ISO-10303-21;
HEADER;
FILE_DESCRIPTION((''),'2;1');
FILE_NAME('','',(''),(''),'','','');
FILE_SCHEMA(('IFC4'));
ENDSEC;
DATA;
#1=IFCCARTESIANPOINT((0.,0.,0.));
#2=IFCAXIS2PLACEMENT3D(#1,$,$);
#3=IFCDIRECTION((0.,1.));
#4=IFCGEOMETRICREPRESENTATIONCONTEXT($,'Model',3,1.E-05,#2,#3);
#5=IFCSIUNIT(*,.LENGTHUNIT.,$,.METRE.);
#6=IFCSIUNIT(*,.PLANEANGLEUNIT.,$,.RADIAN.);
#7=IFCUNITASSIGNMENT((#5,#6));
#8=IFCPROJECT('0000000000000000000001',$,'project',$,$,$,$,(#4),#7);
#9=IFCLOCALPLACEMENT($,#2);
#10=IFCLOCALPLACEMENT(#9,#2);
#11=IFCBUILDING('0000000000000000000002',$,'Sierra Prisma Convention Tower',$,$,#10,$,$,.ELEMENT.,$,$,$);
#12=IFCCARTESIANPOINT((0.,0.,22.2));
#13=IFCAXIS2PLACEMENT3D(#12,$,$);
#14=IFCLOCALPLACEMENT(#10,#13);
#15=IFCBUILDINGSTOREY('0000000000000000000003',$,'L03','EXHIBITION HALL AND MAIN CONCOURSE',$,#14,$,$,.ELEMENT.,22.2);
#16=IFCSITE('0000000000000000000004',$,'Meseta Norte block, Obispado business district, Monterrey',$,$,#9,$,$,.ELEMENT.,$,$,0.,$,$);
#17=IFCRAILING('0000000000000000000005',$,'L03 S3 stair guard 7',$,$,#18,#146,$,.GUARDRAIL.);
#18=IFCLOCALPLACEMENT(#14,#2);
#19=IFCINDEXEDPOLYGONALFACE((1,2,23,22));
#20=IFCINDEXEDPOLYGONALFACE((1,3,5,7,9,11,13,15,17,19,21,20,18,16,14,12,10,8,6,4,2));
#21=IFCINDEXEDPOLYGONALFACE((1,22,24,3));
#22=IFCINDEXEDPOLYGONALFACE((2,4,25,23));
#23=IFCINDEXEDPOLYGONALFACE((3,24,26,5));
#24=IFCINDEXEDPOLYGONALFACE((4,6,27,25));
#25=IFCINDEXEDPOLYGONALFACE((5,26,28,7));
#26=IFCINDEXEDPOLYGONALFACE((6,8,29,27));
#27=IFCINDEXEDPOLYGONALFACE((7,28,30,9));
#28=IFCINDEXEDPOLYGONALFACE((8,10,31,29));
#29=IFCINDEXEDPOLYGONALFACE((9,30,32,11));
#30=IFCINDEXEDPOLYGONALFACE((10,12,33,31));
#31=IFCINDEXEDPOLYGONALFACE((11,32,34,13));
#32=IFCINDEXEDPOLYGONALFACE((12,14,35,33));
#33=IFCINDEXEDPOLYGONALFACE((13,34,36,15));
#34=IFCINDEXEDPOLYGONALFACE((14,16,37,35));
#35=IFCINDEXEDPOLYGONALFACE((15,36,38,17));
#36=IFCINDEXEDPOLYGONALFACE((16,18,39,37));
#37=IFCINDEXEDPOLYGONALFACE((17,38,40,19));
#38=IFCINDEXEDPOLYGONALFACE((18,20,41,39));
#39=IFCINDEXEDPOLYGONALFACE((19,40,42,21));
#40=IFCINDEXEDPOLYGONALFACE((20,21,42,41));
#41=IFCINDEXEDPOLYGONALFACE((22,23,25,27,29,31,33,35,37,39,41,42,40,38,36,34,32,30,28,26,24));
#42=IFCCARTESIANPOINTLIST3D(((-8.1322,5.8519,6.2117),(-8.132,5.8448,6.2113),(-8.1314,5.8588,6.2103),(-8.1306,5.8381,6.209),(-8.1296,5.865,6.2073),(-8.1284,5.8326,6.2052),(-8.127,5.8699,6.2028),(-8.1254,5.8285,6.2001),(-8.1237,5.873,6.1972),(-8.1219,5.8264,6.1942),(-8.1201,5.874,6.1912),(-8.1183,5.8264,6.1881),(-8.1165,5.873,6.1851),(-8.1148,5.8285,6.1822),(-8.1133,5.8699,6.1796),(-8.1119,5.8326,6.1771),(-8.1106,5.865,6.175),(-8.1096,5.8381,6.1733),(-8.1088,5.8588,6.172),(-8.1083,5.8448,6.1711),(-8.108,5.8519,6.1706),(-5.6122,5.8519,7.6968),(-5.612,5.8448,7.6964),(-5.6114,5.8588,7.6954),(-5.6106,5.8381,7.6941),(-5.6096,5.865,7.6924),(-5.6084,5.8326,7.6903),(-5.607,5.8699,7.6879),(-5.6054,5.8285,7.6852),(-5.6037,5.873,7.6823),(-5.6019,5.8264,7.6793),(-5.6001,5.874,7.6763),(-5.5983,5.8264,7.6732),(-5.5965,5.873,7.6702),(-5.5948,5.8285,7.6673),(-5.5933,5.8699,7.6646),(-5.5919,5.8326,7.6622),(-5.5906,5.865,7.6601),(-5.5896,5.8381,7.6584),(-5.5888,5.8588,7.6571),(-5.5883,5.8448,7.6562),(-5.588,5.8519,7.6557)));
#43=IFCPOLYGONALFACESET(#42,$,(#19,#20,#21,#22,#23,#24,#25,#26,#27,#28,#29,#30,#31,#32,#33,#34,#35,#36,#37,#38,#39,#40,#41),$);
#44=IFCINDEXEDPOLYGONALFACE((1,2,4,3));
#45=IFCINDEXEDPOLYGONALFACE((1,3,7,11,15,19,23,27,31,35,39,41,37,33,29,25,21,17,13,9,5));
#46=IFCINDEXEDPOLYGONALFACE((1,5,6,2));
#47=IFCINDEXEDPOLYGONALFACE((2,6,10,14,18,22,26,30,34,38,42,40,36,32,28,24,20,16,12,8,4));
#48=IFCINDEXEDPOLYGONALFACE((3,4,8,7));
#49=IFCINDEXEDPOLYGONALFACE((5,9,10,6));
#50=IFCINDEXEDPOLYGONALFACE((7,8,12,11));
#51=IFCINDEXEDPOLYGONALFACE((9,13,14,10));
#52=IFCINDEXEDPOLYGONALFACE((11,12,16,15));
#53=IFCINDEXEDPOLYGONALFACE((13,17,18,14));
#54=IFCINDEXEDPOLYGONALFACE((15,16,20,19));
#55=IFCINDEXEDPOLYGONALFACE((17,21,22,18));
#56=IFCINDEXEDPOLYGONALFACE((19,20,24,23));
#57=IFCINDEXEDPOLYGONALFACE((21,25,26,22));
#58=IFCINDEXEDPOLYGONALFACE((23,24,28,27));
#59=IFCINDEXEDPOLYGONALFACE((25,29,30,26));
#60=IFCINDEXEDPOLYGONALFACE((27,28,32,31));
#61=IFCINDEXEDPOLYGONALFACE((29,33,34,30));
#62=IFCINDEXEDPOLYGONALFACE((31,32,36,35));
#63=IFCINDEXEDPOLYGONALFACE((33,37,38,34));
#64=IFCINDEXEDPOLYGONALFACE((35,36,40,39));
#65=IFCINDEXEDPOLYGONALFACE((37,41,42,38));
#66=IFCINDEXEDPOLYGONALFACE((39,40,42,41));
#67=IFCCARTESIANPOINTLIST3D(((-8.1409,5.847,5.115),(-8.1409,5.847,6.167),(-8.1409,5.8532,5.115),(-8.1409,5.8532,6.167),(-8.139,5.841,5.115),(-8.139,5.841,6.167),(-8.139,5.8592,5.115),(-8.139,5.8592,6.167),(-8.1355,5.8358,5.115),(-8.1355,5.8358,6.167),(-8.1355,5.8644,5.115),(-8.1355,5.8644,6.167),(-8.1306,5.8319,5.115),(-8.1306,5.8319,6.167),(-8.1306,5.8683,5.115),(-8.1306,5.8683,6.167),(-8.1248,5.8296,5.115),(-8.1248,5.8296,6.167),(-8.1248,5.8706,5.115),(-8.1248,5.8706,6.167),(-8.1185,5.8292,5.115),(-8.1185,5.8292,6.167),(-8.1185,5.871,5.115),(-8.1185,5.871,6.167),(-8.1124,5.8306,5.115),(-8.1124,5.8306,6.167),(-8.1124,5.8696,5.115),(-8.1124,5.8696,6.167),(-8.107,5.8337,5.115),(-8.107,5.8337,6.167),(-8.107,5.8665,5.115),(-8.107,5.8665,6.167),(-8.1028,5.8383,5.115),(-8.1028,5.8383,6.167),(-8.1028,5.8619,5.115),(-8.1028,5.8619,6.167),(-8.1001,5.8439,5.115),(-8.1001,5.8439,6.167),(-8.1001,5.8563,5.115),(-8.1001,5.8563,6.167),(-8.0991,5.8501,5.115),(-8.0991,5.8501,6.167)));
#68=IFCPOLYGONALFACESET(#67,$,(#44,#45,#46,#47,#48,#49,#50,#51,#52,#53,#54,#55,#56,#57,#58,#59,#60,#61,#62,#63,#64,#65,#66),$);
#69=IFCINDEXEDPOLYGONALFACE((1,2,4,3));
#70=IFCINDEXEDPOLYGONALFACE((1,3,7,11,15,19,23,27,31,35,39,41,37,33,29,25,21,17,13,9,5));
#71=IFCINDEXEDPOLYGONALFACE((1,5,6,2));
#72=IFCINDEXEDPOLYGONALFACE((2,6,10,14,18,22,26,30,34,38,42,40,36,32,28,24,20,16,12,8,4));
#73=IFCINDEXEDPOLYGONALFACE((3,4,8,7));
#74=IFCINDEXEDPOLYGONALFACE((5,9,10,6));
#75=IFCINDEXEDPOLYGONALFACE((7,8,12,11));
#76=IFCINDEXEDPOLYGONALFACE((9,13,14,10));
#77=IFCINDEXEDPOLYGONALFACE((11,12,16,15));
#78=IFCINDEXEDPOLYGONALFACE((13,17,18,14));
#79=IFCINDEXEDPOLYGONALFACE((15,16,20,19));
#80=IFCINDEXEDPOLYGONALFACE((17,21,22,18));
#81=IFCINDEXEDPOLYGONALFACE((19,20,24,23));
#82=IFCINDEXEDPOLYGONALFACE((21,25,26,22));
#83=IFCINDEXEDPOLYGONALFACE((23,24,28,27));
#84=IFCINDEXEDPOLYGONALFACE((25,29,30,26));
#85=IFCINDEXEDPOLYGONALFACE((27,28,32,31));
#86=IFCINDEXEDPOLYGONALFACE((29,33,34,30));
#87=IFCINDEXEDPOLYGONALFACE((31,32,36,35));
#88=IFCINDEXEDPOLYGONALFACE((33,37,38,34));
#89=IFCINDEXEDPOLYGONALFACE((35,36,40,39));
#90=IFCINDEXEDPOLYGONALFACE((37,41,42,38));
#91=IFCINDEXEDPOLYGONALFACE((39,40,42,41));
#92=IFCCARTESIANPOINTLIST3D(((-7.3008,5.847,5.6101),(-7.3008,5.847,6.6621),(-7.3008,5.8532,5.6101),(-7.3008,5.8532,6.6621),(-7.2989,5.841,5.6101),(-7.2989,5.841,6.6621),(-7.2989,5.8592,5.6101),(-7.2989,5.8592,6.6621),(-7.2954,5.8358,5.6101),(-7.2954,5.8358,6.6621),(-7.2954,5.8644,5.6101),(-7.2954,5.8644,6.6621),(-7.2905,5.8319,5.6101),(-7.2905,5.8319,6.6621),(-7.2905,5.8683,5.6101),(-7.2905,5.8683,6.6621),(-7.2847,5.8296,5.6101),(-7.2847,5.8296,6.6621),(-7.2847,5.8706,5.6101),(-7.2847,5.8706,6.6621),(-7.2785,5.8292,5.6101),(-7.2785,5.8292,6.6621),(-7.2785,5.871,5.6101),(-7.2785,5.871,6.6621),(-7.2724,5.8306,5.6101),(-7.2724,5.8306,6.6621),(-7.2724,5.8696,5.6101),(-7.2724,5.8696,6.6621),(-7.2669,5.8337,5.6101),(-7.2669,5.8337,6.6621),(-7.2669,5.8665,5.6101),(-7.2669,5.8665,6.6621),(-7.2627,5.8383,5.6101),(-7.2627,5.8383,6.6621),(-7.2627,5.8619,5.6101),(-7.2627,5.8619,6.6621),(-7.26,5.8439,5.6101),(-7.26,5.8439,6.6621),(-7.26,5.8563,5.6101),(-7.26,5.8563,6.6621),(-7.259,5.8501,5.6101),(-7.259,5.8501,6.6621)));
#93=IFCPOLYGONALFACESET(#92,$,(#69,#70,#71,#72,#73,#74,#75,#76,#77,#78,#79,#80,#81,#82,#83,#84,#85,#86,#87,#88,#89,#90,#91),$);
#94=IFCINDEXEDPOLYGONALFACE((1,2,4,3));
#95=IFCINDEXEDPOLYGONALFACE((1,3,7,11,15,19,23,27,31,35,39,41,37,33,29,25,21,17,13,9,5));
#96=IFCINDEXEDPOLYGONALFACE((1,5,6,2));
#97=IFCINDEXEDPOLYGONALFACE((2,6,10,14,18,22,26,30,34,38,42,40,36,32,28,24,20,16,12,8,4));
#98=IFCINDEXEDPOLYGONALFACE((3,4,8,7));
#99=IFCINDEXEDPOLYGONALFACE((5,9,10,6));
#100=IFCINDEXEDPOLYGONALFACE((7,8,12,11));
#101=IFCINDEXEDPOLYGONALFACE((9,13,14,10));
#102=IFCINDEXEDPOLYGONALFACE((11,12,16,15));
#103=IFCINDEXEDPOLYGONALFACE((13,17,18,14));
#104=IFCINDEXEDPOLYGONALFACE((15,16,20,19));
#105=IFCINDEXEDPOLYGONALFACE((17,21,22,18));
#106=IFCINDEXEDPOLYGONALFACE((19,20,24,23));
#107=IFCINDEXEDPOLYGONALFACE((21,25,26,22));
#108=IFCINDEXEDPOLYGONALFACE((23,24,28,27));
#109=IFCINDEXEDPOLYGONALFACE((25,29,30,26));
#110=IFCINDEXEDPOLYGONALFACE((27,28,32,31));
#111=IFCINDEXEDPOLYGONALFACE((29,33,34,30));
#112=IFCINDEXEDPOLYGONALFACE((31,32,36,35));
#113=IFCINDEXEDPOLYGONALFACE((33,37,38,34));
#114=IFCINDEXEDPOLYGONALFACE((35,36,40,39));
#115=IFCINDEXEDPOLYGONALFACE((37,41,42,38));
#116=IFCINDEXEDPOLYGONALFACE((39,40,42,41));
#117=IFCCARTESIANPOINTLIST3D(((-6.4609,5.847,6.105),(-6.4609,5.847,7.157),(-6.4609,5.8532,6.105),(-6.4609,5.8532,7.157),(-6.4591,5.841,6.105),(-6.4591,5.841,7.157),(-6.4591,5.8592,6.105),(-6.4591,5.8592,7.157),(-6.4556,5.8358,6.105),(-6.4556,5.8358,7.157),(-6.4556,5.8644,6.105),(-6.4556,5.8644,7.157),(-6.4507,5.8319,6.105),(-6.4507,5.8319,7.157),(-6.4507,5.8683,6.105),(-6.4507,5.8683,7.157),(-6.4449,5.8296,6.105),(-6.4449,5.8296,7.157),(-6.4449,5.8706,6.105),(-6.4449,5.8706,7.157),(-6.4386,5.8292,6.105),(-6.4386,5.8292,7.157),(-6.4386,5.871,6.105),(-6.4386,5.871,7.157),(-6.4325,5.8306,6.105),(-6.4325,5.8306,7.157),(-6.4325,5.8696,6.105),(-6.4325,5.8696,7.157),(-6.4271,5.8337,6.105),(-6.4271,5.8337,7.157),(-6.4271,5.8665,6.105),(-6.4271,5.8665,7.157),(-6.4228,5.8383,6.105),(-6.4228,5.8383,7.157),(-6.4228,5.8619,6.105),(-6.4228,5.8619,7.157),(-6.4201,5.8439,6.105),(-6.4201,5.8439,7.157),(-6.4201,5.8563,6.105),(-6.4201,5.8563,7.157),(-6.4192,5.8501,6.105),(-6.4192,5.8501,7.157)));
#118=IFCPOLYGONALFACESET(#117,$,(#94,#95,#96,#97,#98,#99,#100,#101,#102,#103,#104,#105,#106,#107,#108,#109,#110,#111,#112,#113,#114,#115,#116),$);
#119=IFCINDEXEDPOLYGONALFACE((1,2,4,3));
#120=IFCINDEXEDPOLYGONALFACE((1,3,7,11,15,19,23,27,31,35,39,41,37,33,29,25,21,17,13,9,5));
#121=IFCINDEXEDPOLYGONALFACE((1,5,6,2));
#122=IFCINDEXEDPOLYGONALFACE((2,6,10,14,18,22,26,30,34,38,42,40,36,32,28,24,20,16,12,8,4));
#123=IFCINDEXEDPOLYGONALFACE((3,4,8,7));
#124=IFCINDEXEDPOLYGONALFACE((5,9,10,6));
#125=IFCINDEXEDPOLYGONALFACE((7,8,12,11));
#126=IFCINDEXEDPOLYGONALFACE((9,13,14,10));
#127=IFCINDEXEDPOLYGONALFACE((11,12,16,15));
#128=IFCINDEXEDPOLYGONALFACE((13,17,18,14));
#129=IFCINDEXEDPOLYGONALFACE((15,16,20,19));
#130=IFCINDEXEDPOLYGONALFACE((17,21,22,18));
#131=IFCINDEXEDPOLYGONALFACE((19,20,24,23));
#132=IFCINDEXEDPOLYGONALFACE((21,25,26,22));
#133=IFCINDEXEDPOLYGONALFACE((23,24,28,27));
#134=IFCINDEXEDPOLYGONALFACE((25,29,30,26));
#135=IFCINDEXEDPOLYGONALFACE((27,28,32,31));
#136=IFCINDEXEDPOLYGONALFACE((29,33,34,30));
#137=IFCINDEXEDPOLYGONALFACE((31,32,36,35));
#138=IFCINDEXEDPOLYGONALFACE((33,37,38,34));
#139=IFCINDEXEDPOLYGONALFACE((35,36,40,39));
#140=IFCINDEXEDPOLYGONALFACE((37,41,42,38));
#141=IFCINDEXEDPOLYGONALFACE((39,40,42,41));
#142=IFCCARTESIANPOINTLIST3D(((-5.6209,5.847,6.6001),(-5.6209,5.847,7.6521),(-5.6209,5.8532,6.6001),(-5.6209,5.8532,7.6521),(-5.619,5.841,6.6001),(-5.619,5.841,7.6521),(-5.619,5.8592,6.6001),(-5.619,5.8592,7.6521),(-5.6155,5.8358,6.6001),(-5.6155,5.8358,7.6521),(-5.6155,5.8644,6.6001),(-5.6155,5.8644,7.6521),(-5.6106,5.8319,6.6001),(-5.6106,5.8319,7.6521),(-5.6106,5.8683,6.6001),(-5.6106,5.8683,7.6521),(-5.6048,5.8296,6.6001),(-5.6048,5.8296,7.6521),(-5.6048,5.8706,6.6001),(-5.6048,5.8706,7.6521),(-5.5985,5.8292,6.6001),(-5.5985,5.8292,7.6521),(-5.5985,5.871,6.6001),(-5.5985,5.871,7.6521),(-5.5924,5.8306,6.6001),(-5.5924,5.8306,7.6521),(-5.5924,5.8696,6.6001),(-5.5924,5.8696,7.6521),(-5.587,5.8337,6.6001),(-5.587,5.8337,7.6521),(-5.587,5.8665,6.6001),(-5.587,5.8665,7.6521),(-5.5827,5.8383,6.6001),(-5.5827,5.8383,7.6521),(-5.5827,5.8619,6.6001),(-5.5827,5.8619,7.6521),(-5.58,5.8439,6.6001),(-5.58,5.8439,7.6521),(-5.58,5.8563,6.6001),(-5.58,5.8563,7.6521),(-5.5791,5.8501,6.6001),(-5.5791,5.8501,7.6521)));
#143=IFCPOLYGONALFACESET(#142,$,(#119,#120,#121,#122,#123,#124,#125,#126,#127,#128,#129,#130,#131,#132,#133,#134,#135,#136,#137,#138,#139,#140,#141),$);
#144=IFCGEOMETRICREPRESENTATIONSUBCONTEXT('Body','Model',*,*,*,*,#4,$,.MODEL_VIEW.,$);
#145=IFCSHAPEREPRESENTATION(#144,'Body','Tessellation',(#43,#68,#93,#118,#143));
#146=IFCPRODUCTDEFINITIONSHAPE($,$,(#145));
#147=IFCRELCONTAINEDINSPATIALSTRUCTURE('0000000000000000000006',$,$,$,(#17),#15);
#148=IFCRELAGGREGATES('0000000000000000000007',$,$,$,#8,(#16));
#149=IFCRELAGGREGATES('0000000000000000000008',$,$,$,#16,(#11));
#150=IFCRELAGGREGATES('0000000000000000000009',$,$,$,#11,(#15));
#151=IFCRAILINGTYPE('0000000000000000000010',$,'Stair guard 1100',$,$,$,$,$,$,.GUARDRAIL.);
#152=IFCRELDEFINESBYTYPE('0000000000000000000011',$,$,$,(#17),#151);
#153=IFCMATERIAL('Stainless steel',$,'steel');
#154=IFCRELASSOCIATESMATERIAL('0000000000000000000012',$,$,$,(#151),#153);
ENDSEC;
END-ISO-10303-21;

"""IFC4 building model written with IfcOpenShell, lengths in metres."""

from ifc_helpers import new_model, si_unit, direction, frame, origin, origin_2d, place, context, subcontext, project, spatial, circle, extrude, material, type_object, element, save


model = new_model("IFC4")

# Units and contexts
model_context = context("Model", 3, precision=1e-05, world=origin(), true_north=direction((0.0, 1.0)))
body_context = subcontext(model_context, "Body", "Model", "MODEL_VIEW")
ifc_project = project(units=[si_unit("LENGTHUNIT", "METRE"), si_unit("PLANEANGLEUNIT", "RADIAN")], contexts=[model_context])

# Site, building, storey
site_placement = place(None, origin())
site = spatial("IfcSite", under=ifc_project, at=site_placement, Name="Meseta Norte block, Obispado business district, Monterrey", CompositionType="ELEMENT", RefElevation=0.0)
building_placement = place(site_placement, origin())
building = spatial("IfcBuilding", under=site, at=building_placement, Name="Sierra Prisma Convention Tower", CompositionType="ELEMENT")
storey_placement = place(building_placement, frame((0.0, 0.0, 22.2)))
storey = spatial("IfcBuildingStorey", under=building, at=storey_placement, Name="L03", Description="EXHIBITION HALL AND MAIN CONCOURSE", CompositionType="ELEMENT", Elevation=22.2)

# Railing
ifc_material_1 = material(Name="Stainless steel", Category="steel")
railing_type_1 = type_object("IfcRailingType", Name="Stair guard 1100", PredefinedType="GUARDRAIL", material=ifc_material_1)
railing_1_placement = place(storey_placement, frame((-8.1201, 5.8501, 5.115)))
element("IfcRailing", 1, at=railing_1_placement, inside=storey, type_object=railing_type_1, Name="L03 S3 stair guard 7", PredefinedType="GUARDRAIL", context=body_context, shape_type="SweptSolid", body=[
    extrude(circle(Radius=0.0239, at=origin_2d()), frame((0.0, 0.0, 1.0762), z_axis=(0.861524, 0.0, 0.507717), x_axis=(0.0, 1.0, 0.0)), (0.0, 0.0, 1.0), 2.925),
    extrude(circle(Radius=0.021, at=origin_2d()), origin(), (0.0, 0.0, 1.0), 1.052),
    extrude(circle(Radius=0.021, at=origin_2d()), frame((0.8401, 0.0, 0.4951)), (0.0, 0.0, 1.0), 1.052),
    extrude(circle(Radius=0.021, at=origin_2d()), frame((1.6799, 0.0, 0.99)), (0.0, 0.0, 1.0), 1.052),
    extrude(circle(Radius=0.021, at=origin_2d()), frame((2.52, 0.0, 1.4851)), (0.0, 0.0, 1.0), 1.052),
])

save(model, "model.ifc")
